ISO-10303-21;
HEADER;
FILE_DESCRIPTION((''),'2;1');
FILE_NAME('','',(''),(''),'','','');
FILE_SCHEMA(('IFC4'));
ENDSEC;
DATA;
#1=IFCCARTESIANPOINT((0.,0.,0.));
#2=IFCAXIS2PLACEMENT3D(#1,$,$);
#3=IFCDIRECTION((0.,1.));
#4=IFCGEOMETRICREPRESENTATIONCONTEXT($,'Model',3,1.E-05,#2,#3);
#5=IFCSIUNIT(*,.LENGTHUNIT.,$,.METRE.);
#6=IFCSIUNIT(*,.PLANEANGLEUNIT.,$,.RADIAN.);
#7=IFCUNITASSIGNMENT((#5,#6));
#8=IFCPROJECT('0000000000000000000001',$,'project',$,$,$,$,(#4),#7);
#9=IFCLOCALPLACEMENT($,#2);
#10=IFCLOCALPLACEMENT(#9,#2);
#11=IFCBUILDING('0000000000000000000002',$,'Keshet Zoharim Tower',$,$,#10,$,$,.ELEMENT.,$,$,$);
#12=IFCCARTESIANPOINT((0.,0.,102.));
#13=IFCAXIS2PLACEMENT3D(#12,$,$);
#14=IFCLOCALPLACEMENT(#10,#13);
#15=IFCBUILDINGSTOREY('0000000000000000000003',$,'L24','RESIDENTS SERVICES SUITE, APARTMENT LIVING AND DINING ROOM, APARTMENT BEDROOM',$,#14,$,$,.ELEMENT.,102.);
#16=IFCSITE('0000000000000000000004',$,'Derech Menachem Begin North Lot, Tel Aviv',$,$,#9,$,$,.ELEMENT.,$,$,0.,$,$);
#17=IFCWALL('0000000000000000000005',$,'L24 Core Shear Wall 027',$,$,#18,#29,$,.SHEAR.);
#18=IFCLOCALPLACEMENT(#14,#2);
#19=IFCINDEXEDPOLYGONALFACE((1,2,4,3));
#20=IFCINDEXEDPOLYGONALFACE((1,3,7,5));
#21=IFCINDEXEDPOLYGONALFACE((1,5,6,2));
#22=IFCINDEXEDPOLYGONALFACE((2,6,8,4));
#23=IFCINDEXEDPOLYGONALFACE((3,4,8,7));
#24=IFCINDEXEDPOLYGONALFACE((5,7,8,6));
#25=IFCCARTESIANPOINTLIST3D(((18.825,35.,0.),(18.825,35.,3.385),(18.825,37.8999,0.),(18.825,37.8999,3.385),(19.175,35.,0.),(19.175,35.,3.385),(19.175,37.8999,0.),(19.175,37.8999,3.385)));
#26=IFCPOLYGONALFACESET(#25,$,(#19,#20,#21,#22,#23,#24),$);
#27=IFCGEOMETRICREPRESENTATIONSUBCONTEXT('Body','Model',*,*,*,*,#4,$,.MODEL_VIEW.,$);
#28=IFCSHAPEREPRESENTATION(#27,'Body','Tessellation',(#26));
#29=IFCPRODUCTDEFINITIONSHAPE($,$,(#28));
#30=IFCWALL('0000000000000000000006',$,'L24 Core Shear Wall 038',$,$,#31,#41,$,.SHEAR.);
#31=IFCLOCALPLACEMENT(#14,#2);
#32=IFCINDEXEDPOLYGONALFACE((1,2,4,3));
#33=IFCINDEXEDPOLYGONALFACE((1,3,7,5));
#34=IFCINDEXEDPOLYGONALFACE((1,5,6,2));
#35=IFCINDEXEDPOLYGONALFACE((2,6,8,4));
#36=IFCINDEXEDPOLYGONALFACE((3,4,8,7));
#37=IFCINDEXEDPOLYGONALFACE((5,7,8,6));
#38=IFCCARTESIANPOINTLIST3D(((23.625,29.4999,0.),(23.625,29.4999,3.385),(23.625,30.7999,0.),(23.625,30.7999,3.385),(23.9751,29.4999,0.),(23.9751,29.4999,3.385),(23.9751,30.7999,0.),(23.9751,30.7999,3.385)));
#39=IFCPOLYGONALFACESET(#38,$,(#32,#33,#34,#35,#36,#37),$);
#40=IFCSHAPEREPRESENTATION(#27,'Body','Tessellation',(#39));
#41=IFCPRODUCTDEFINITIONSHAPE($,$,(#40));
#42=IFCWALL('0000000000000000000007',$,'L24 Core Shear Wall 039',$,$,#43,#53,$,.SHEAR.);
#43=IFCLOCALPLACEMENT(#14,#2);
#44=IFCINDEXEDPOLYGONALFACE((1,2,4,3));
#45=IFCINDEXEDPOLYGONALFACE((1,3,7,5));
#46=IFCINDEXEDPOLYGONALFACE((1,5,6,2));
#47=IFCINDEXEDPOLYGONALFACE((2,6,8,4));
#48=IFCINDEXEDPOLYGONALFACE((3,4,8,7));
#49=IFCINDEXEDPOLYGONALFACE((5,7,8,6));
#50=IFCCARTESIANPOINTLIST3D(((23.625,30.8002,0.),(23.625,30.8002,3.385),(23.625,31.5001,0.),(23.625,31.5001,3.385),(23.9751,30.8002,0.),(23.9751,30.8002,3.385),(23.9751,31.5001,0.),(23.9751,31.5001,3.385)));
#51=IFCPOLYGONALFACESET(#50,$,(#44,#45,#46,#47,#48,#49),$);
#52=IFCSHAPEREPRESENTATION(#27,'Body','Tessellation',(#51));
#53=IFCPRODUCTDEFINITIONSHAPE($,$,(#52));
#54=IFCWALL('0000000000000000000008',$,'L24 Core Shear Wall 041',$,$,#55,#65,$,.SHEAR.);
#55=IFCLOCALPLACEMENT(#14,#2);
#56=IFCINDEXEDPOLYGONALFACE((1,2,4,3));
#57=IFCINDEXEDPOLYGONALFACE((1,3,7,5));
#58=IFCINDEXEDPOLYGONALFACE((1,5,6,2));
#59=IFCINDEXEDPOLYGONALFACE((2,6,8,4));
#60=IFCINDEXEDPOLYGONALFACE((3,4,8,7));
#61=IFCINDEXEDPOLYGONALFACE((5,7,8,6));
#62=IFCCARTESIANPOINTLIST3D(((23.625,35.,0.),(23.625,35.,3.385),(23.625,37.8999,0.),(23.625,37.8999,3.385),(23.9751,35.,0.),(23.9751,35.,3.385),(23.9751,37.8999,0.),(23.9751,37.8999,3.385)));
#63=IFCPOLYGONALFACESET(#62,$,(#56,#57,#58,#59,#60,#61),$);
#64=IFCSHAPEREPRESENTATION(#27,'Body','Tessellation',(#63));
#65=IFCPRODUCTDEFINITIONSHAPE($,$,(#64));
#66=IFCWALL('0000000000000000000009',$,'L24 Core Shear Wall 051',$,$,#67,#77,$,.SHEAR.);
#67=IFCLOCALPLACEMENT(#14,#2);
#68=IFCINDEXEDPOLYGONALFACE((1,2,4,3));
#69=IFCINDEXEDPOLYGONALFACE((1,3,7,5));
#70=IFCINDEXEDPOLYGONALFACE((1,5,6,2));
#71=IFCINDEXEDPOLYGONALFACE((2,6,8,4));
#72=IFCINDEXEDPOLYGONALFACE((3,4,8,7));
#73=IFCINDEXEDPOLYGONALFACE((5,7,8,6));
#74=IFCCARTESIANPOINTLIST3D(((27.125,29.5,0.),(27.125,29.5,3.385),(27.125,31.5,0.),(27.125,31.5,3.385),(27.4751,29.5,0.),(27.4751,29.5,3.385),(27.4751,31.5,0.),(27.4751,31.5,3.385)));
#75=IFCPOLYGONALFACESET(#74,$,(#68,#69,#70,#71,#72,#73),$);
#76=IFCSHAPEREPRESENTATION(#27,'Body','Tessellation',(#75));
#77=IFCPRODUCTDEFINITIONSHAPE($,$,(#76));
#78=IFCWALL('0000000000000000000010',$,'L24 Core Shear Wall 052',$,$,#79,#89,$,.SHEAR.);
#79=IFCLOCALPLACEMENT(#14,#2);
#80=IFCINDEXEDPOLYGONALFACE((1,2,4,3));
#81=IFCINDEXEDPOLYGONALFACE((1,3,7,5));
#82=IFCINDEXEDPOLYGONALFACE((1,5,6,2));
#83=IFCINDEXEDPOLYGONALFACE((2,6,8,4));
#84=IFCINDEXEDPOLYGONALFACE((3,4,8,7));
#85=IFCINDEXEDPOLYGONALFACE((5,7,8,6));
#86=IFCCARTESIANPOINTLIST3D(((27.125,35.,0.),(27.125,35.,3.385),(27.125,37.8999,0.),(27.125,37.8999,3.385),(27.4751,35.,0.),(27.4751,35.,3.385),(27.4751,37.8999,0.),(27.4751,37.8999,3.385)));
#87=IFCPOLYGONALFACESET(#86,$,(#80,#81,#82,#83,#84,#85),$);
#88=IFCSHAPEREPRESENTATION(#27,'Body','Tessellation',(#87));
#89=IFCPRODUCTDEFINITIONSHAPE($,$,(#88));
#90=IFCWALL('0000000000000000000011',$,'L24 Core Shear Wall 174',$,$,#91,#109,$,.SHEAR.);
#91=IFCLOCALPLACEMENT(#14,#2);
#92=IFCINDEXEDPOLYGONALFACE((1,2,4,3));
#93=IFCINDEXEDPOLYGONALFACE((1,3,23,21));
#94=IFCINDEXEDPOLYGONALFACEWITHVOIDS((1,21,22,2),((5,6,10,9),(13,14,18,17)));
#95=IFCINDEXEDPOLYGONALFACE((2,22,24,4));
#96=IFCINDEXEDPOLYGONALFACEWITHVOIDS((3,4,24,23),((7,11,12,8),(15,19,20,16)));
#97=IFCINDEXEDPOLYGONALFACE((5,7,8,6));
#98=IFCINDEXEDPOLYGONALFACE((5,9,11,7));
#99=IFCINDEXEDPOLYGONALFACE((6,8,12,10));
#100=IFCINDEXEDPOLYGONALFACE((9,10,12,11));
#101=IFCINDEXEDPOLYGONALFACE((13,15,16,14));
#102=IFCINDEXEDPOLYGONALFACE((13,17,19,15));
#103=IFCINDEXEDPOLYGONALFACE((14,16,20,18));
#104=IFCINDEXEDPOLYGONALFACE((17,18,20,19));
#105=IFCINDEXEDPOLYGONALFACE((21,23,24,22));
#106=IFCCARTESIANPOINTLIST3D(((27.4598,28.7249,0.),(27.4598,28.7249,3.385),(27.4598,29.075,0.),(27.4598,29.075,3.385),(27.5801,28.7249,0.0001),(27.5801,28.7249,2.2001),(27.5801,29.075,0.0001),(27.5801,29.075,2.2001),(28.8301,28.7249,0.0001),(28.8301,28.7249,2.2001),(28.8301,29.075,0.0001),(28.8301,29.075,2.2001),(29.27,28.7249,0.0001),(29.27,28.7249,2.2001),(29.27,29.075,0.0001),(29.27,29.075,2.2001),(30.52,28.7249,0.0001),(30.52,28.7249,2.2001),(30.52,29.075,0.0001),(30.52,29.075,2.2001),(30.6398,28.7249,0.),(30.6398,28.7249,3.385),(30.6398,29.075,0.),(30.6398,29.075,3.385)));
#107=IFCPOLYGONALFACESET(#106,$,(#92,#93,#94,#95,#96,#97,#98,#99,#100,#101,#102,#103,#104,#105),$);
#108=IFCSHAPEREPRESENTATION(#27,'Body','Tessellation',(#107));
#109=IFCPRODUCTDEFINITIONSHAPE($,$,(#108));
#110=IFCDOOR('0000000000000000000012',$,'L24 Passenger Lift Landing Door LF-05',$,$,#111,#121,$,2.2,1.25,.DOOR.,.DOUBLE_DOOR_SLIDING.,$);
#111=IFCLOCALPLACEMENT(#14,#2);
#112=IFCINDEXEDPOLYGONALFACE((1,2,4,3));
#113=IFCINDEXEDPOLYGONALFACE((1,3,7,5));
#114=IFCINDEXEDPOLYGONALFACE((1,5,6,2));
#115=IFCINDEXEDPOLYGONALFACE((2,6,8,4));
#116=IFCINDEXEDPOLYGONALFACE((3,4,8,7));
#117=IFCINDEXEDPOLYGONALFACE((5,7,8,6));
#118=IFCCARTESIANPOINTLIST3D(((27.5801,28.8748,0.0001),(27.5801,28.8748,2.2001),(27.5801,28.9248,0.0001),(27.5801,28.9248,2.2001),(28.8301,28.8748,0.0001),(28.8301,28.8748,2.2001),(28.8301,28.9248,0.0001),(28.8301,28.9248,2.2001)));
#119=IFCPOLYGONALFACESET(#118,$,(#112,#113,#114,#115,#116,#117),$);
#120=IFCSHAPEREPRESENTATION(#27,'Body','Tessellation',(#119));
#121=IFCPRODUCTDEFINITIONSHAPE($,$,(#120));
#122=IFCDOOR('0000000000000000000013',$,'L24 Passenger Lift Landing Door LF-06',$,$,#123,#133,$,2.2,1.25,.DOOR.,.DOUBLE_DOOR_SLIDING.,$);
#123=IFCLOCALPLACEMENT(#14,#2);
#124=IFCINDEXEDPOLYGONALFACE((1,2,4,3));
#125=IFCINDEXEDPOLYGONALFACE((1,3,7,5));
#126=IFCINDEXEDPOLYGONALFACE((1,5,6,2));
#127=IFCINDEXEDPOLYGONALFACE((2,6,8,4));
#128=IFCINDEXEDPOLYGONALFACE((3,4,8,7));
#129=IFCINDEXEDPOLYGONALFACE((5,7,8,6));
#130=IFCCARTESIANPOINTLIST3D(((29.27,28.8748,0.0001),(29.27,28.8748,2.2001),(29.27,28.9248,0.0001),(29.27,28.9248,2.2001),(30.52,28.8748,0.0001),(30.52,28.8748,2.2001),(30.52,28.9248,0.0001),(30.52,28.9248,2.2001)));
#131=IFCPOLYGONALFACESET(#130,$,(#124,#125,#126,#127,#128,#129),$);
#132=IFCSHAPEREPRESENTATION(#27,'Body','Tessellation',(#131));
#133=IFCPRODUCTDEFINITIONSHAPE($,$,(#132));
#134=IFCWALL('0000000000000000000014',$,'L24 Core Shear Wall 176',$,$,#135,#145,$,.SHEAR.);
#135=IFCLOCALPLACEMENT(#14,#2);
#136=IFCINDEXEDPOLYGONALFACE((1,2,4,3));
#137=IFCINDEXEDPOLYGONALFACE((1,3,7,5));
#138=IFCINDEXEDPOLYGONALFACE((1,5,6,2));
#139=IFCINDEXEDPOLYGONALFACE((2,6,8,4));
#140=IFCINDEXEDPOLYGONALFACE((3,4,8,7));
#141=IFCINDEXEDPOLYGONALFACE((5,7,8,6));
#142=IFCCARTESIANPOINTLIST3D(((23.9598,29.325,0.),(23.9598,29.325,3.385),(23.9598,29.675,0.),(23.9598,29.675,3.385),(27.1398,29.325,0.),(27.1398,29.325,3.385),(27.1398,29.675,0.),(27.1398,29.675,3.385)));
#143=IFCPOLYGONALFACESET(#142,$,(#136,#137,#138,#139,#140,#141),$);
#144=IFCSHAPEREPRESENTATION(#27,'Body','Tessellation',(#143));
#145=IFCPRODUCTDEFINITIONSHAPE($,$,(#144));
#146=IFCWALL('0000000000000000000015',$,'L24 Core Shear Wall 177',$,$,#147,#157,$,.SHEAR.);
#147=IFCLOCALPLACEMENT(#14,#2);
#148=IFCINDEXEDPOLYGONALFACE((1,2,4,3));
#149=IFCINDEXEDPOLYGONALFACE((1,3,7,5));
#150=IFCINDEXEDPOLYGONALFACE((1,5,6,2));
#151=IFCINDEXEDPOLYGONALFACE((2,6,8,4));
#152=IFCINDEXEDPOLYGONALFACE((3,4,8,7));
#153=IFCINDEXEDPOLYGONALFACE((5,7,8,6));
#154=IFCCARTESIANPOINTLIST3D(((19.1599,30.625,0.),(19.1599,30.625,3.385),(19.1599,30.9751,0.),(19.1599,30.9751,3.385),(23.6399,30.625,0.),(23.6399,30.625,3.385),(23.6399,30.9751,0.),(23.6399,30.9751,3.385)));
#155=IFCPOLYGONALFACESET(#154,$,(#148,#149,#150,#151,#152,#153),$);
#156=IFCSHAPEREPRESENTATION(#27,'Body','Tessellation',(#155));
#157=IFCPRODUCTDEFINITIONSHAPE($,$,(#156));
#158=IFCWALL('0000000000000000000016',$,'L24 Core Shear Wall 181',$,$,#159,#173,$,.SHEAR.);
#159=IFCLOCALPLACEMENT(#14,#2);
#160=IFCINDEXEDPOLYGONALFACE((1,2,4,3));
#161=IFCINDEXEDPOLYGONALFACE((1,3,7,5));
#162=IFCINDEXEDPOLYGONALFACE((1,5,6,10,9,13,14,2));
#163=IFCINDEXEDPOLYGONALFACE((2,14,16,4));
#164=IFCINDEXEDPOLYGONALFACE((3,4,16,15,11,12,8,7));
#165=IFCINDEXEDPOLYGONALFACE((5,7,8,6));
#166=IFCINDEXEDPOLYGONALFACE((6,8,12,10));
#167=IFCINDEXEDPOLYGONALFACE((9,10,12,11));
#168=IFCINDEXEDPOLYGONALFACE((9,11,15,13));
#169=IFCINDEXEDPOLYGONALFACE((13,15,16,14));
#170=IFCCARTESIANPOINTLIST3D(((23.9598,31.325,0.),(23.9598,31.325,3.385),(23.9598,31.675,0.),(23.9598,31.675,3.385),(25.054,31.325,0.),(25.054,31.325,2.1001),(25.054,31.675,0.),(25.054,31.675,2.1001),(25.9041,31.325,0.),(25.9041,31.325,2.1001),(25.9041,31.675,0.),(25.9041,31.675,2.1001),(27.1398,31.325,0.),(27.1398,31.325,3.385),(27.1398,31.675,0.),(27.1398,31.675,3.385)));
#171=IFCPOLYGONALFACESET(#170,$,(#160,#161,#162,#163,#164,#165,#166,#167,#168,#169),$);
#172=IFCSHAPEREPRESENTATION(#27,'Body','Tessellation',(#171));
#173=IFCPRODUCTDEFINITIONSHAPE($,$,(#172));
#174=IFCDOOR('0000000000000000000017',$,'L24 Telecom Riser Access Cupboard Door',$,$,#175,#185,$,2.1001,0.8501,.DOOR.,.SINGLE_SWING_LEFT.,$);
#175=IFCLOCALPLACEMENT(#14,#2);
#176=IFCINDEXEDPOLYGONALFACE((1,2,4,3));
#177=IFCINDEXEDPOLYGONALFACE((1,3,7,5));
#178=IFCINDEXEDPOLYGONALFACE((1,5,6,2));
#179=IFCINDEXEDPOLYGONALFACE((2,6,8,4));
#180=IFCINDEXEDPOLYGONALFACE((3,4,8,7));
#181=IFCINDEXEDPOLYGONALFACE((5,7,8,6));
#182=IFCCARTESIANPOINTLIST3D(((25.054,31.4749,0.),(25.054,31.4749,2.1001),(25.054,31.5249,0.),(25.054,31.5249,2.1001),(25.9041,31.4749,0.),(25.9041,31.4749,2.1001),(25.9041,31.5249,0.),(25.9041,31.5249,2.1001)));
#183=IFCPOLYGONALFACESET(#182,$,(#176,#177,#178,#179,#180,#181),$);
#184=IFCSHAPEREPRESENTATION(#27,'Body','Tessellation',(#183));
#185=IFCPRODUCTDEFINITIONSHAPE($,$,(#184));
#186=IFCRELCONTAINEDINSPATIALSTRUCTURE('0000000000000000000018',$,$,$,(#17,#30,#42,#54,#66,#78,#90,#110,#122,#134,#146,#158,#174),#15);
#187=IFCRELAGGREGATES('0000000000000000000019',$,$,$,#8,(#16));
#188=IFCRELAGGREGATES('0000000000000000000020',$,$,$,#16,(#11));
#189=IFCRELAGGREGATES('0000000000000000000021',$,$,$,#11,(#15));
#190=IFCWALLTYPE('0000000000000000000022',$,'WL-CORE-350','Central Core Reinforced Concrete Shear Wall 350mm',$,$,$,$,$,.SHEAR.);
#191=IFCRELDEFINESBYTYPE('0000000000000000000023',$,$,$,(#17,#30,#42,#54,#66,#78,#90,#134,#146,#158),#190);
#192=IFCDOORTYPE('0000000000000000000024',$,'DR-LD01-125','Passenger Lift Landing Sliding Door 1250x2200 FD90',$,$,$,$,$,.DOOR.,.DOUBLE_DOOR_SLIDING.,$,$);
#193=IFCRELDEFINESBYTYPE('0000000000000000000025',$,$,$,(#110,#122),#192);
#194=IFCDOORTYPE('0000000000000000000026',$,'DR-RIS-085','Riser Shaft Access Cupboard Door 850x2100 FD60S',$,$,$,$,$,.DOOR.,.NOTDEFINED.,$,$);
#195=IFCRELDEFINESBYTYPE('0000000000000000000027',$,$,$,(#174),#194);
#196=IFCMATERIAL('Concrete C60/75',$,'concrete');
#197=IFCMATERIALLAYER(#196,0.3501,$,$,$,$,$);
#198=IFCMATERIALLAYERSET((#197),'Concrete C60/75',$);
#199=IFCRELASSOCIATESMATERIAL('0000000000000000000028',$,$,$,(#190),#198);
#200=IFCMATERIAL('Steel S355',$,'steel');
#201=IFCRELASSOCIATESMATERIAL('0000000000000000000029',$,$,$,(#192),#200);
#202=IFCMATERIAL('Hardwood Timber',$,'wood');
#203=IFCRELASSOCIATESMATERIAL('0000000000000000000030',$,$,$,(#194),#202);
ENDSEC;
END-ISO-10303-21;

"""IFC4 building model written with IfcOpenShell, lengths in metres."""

from ifc_helpers import new_model, si_unit, direction, frame, frame_2d, origin, place, context, subcontext, project, spatial, rectangle, extrude, material, layer, layer_set, type_object, element, fill, save


model = new_model("IFC4")

# Units and contexts
model_context = context("Model", 3, precision=1e-05, world=origin(), true_north=direction((0.0, 1.0)))
body_context = subcontext(model_context, "Body", "Model", "MODEL_VIEW")
ifc_project = project(units=[si_unit("LENGTHUNIT", "METRE"), si_unit("PLANEANGLEUNIT", "RADIAN")], contexts=[model_context])

# Site, building, storey
site_placement = place(None, origin())
site = spatial("IfcSite", under=ifc_project, at=site_placement, Name="Derech Menachem Begin North Lot, Tel Aviv", CompositionType="ELEMENT", RefElevation=0.0)
building_placement = place(site_placement, origin())
building = spatial("IfcBuilding", under=site, at=building_placement, Name="Keshet Zoharim Tower", CompositionType="ELEMENT")
storey_placement = place(building_placement, frame((0.0, 0.0, 102.0)))
storey = spatial("IfcBuildingStorey", under=building, at=storey_placement, Name="L24", Description="RESIDENTS SERVICES SUITE, APARTMENT LIVING AND DINING ROOM, APARTMENT BEDROOM", CompositionType="ELEMENT", Elevation=102.0)

# Shared definitions
ifc_material_1 = material(Name="Concrete C60/75", Category="concrete")
ifc_layer_1 = layer(ifc_material_1, 0.3501)
ifc_layer_set_1 = layer_set([ifc_layer_1], Name="Concrete C60/75")
wall_type_1 = type_object("IfcWallType", Name="WL-CORE-350", Description="Central Core Reinforced Concrete Shear Wall 350mm", PredefinedType="SHEAR", material=ifc_layer_set_1)
ifc_material_2 = material(Name="Hardwood Timber", Category="wood")

# Walls
wall_1_placement = place(storey_placement, frame((19.0, 35.0, 0.0), z_axis=(0.0, 0.0, 1.0), x_axis=(0.0, 1.0, 0.0)))
element("IfcWall", 1, at=wall_1_placement, inside=storey, type_object=wall_type_1, Name="L24 Core Shear Wall 027", PredefinedType="SHEAR", context=body_context, shape_type="SweptSolid", body=[
    extrude(rectangle(XDim=2.8999, YDim=0.3501, at=frame_2d((1.45, 0.0))), origin(), (0.0, 0.0, 1.0), 3.385),
])
wall_2_placement = place(storey_placement, frame((23.8, 29.5, 0.0), z_axis=(0.0, 0.0, 1.0), x_axis=(0.0, 1.0, 0.0)))
element("IfcWall", 2, at=wall_2_placement, inside=storey, type_object=wall_type_1, Name="L24 Core Shear Wall 038", PredefinedType="SHEAR", context=body_context, shape_type="SweptSolid", body=[
    extrude(rectangle(XDim=1.3, YDim=0.3501, at=frame_2d((0.6499, 0.0))), origin(), (0.0, 0.0, 1.0), 3.385),
])
wall_3_placement = place(storey_placement, frame((23.8, 30.8, 0.0), z_axis=(0.0, 0.0, 1.0), x_axis=(0.0, 1.0, 0.0)))
element("IfcWall", 3, at=wall_3_placement, inside=storey, type_object=wall_type_1, Name="L24 Core Shear Wall 039", PredefinedType="SHEAR", context=body_context, shape_type="SweptSolid", body=[
    extrude(rectangle(XDim=0.7, YDim=0.3501, at=frame_2d((0.3501, 0.0))), origin(), (0.0, 0.0, 1.0), 3.385),
])

# Walls
wall_4_placement = place(storey_placement, frame((23.8, 35.0, 0.0), z_axis=(0.0, 0.0, 1.0), x_axis=(0.0, 1.0, 0.0)))
element("IfcWall", 4, at=wall_4_placement, inside=storey, type_object=wall_type_1, Name="L24 Core Shear Wall 041", PredefinedType="SHEAR", context=body_context, shape_type="SweptSolid", body=[
    extrude(rectangle(XDim=2.8999, YDim=0.3501, at=frame_2d((1.45, 0.0))), origin(), (0.0, 0.0, 1.0), 3.385),
])
wall_5_placement = place(storey_placement, frame((27.3, 29.5, 0.0), z_axis=(0.0, 0.0, 1.0), x_axis=(0.0, 1.0, 0.0)))
element("IfcWall", 5, at=wall_5_placement, inside=storey, type_object=wall_type_1, Name="L24 Core Shear Wall 051", PredefinedType="SHEAR", context=body_context, shape_type="SweptSolid", body=[
    extrude(rectangle(XDim=2.0, YDim=0.3501, at=frame_2d((1.0, 0.0))), origin(), (0.0, 0.0, 1.0), 3.385),
])
wall_6_placement = place(storey_placement, frame((27.3, 35.0, 0.0), z_axis=(0.0, 0.0, 1.0), x_axis=(0.0, 1.0, 0.0)))
element("IfcWall", 6, at=wall_6_placement, inside=storey, type_object=wall_type_1, Name="L24 Core Shear Wall 052", PredefinedType="SHEAR", context=body_context, shape_type="SweptSolid", body=[
    extrude(rectangle(XDim=2.8999, YDim=0.3501, at=frame_2d((1.45, 0.0))), origin(), (0.0, 0.0, 1.0), 3.385),
])

# Wall, openings, doors
wall_7_placement = place(storey_placement, frame((27.46, 28.8999, 0.0), z_axis=(0.0, 0.0, 1.0), x_axis=(1.0, 0.0, 0.0)))
wall_7 = element("IfcWall", 7, at=wall_7_placement, inside=storey, type_object=wall_type_1, Name="L24 Core Shear Wall 174", PredefinedType="SHEAR", context=body_context, shape_type="SweptSolid", body=[
    extrude(rectangle(XDim=3.1799, YDim=0.3501, at=frame_2d((1.5898, 0.0))), origin(), (0.0, 0.0, 1.0), 3.385),
])
opening_1_placement = place(wall_7_placement, frame((0.1201, 0.0, 0.0)))
opening_1 = element("IfcOpeningElement", 8, at=opening_1_placement, cuts=wall_7, PredefinedType="OPENING", context=body_context, shape_type="SweptSolid", body=[
    extrude(rectangle(XDim=1.25, YDim=2.2, at=frame_2d((0.625, 1.1001))), frame((0.0, 0.1851, 0.0), z_axis=(0.0, -1.0, 0.0), x_axis=(1.0, 0.0, 0.0)), (0.0, 0.0, 1.0), 0.3701),
])
opening_2_placement = place(wall_7_placement, frame((1.8101, 0.0, 0.0)))
opening_2 = element("IfcOpeningElement", 9, at=opening_2_placement, cuts=wall_7, PredefinedType="OPENING", context=body_context, shape_type="SweptSolid", body=[
    extrude(rectangle(XDim=1.25, YDim=2.2, at=frame_2d((0.625, 1.1001))), frame((0.0, 0.1851, 0.0), z_axis=(0.0, -1.0, 0.0), x_axis=(1.0, 0.0, 0.0)), (0.0, 0.0, 1.0), 0.3701),
])
ifc_material_3 = material(Name="Steel S355", Category="steel")
door_type_1 = type_object("IfcDoorType", Name="DR-LD01-125", Description="Passenger Lift Landing Sliding Door 1250x2200 FD90", OperationType="DOUBLE_DOOR_SLIDING", PredefinedType="DOOR", material=ifc_material_3)
door_1_placement = place(opening_1_placement, origin())
door_1 = element("IfcDoor", 10, at=door_1_placement, inside=storey, type_object=door_type_1, Name="L24 Passenger Lift Landing Door LF-05", OperationType="DOUBLE_DOOR_SLIDING", OverallHeight=2.2, OverallWidth=1.25, PredefinedType="DOOR", context=body_context, shape_type="SweptSolid", body=[
    extrude(rectangle(XDim=1.25, YDim=2.2, at=frame_2d((0.625, 1.1001))), frame((0.0, 0.0249, 0.0), z_axis=(0.0, -1.0, 0.0), x_axis=(1.0, 0.0, 0.0)), (0.0, 0.0, 1.0), 0.05),
])
fill(opening_1, door_1)
door_2_placement = place(opening_2_placement, origin())
door_2 = element("IfcDoor", 11, at=door_2_placement, inside=storey, type_object=door_type_1, Name="L24 Passenger Lift Landing Door LF-06", OperationType="DOUBLE_DOOR_SLIDING", OverallHeight=2.2, OverallWidth=1.25, PredefinedType="DOOR", context=body_context, shape_type="SweptSolid", body=[
    extrude(rectangle(XDim=1.25, YDim=2.2, at=frame_2d((0.625, 1.1001))), frame((0.0, 0.0249, 0.0), z_axis=(0.0, -1.0, 0.0), x_axis=(1.0, 0.0, 0.0)), (0.0, 0.0, 1.0), 0.05),
])
fill(opening_2, door_2)

# Walls
wall_8_placement = place(storey_placement, frame((23.96, 29.5, 0.0), z_axis=(0.0, 0.0, 1.0), x_axis=(1.0, 0.0, 0.0)))
element("IfcWall", 12, at=wall_8_placement, inside=storey, type_object=wall_type_1, Name="L24 Core Shear Wall 176", PredefinedType="SHEAR", context=body_context, shape_type="SweptSolid", body=[
    extrude(rectangle(XDim=3.1799, YDim=0.3501, at=frame_2d((1.5898, 0.0))), origin(), (0.0, 0.0, 1.0), 3.385),
])
wall_9_placement = place(storey_placement, frame((19.1599, 30.8, 0.0), z_axis=(0.0, 0.0, 1.0), x_axis=(1.0, 0.0, 0.0)))
element("IfcWall", 13, at=wall_9_placement, inside=storey, type_object=wall_type_1, Name="L24 Core Shear Wall 177", PredefinedType="SHEAR", context=body_context, shape_type="SweptSolid", body=[
    extrude(rectangle(XDim=4.48, YDim=0.3501, at=frame_2d((2.24, 0.0))), origin(), (0.0, 0.0, 1.0), 3.385),
])

# Wall, opening, door
wall_10_placement = place(storey_placement, frame((23.96, 31.5, 0.0), z_axis=(0.0, 0.0, 1.0), x_axis=(1.0, 0.0, 0.0)))
wall_10 = element("IfcWall", 14, at=wall_10_placement, inside=storey, type_object=wall_type_1, Name="L24 Core Shear Wall 181", PredefinedType="SHEAR", context=body_context, shape_type="SweptSolid", body=[
    extrude(rectangle(XDim=3.1799, YDim=0.3501, at=frame_2d((1.5898, 0.0))), origin(), (0.0, 0.0, 1.0), 3.385),
])
opening_3_placement = place(wall_10_placement, frame((1.094, 0.0, 0.0)))
opening_3 = element("IfcOpeningElement", 15, at=opening_3_placement, cuts=wall_10, PredefinedType="OPENING", context=body_context, shape_type="SweptSolid", body=[
    extrude(rectangle(XDim=0.8501, YDim=2.1001, at=frame_2d((0.425, 1.05))), frame((0.0, 0.1851, 0.0), z_axis=(0.0, -1.0, 0.0), x_axis=(1.0, 0.0, 0.0)), (0.0, 0.0, 1.0), 0.3701),
])
door_type_2 = type_object("IfcDoorType", Name="DR-RIS-085", Description="Riser Shaft Access Cupboard Door 850x2100 FD60S", OperationType="NOTDEFINED", PredefinedType="DOOR", material=ifc_material_2)
door_3_placement = place(opening_3_placement, origin())
door_3 = element("IfcDoor", 16, at=door_3_placement, inside=storey, type_object=door_type_2, Name="L24 Telecom Riser Access Cupboard Door", OperationType="SINGLE_SWING_LEFT", OverallHeight=2.1001, OverallWidth=0.8501, PredefinedType="DOOR", context=body_context, shape_type="SweptSolid", body=[
    extrude(rectangle(XDim=0.8501, YDim=2.1001, at=frame_2d((0.425, 1.05))), frame((0.0, 0.0249, 0.0), z_axis=(0.0, -1.0, 0.0), x_axis=(1.0, 0.0, 0.0)), (0.0, 0.0, 1.0), 0.05),
])
fill(opening_3, door_3)

save(model, "model.ifc")
